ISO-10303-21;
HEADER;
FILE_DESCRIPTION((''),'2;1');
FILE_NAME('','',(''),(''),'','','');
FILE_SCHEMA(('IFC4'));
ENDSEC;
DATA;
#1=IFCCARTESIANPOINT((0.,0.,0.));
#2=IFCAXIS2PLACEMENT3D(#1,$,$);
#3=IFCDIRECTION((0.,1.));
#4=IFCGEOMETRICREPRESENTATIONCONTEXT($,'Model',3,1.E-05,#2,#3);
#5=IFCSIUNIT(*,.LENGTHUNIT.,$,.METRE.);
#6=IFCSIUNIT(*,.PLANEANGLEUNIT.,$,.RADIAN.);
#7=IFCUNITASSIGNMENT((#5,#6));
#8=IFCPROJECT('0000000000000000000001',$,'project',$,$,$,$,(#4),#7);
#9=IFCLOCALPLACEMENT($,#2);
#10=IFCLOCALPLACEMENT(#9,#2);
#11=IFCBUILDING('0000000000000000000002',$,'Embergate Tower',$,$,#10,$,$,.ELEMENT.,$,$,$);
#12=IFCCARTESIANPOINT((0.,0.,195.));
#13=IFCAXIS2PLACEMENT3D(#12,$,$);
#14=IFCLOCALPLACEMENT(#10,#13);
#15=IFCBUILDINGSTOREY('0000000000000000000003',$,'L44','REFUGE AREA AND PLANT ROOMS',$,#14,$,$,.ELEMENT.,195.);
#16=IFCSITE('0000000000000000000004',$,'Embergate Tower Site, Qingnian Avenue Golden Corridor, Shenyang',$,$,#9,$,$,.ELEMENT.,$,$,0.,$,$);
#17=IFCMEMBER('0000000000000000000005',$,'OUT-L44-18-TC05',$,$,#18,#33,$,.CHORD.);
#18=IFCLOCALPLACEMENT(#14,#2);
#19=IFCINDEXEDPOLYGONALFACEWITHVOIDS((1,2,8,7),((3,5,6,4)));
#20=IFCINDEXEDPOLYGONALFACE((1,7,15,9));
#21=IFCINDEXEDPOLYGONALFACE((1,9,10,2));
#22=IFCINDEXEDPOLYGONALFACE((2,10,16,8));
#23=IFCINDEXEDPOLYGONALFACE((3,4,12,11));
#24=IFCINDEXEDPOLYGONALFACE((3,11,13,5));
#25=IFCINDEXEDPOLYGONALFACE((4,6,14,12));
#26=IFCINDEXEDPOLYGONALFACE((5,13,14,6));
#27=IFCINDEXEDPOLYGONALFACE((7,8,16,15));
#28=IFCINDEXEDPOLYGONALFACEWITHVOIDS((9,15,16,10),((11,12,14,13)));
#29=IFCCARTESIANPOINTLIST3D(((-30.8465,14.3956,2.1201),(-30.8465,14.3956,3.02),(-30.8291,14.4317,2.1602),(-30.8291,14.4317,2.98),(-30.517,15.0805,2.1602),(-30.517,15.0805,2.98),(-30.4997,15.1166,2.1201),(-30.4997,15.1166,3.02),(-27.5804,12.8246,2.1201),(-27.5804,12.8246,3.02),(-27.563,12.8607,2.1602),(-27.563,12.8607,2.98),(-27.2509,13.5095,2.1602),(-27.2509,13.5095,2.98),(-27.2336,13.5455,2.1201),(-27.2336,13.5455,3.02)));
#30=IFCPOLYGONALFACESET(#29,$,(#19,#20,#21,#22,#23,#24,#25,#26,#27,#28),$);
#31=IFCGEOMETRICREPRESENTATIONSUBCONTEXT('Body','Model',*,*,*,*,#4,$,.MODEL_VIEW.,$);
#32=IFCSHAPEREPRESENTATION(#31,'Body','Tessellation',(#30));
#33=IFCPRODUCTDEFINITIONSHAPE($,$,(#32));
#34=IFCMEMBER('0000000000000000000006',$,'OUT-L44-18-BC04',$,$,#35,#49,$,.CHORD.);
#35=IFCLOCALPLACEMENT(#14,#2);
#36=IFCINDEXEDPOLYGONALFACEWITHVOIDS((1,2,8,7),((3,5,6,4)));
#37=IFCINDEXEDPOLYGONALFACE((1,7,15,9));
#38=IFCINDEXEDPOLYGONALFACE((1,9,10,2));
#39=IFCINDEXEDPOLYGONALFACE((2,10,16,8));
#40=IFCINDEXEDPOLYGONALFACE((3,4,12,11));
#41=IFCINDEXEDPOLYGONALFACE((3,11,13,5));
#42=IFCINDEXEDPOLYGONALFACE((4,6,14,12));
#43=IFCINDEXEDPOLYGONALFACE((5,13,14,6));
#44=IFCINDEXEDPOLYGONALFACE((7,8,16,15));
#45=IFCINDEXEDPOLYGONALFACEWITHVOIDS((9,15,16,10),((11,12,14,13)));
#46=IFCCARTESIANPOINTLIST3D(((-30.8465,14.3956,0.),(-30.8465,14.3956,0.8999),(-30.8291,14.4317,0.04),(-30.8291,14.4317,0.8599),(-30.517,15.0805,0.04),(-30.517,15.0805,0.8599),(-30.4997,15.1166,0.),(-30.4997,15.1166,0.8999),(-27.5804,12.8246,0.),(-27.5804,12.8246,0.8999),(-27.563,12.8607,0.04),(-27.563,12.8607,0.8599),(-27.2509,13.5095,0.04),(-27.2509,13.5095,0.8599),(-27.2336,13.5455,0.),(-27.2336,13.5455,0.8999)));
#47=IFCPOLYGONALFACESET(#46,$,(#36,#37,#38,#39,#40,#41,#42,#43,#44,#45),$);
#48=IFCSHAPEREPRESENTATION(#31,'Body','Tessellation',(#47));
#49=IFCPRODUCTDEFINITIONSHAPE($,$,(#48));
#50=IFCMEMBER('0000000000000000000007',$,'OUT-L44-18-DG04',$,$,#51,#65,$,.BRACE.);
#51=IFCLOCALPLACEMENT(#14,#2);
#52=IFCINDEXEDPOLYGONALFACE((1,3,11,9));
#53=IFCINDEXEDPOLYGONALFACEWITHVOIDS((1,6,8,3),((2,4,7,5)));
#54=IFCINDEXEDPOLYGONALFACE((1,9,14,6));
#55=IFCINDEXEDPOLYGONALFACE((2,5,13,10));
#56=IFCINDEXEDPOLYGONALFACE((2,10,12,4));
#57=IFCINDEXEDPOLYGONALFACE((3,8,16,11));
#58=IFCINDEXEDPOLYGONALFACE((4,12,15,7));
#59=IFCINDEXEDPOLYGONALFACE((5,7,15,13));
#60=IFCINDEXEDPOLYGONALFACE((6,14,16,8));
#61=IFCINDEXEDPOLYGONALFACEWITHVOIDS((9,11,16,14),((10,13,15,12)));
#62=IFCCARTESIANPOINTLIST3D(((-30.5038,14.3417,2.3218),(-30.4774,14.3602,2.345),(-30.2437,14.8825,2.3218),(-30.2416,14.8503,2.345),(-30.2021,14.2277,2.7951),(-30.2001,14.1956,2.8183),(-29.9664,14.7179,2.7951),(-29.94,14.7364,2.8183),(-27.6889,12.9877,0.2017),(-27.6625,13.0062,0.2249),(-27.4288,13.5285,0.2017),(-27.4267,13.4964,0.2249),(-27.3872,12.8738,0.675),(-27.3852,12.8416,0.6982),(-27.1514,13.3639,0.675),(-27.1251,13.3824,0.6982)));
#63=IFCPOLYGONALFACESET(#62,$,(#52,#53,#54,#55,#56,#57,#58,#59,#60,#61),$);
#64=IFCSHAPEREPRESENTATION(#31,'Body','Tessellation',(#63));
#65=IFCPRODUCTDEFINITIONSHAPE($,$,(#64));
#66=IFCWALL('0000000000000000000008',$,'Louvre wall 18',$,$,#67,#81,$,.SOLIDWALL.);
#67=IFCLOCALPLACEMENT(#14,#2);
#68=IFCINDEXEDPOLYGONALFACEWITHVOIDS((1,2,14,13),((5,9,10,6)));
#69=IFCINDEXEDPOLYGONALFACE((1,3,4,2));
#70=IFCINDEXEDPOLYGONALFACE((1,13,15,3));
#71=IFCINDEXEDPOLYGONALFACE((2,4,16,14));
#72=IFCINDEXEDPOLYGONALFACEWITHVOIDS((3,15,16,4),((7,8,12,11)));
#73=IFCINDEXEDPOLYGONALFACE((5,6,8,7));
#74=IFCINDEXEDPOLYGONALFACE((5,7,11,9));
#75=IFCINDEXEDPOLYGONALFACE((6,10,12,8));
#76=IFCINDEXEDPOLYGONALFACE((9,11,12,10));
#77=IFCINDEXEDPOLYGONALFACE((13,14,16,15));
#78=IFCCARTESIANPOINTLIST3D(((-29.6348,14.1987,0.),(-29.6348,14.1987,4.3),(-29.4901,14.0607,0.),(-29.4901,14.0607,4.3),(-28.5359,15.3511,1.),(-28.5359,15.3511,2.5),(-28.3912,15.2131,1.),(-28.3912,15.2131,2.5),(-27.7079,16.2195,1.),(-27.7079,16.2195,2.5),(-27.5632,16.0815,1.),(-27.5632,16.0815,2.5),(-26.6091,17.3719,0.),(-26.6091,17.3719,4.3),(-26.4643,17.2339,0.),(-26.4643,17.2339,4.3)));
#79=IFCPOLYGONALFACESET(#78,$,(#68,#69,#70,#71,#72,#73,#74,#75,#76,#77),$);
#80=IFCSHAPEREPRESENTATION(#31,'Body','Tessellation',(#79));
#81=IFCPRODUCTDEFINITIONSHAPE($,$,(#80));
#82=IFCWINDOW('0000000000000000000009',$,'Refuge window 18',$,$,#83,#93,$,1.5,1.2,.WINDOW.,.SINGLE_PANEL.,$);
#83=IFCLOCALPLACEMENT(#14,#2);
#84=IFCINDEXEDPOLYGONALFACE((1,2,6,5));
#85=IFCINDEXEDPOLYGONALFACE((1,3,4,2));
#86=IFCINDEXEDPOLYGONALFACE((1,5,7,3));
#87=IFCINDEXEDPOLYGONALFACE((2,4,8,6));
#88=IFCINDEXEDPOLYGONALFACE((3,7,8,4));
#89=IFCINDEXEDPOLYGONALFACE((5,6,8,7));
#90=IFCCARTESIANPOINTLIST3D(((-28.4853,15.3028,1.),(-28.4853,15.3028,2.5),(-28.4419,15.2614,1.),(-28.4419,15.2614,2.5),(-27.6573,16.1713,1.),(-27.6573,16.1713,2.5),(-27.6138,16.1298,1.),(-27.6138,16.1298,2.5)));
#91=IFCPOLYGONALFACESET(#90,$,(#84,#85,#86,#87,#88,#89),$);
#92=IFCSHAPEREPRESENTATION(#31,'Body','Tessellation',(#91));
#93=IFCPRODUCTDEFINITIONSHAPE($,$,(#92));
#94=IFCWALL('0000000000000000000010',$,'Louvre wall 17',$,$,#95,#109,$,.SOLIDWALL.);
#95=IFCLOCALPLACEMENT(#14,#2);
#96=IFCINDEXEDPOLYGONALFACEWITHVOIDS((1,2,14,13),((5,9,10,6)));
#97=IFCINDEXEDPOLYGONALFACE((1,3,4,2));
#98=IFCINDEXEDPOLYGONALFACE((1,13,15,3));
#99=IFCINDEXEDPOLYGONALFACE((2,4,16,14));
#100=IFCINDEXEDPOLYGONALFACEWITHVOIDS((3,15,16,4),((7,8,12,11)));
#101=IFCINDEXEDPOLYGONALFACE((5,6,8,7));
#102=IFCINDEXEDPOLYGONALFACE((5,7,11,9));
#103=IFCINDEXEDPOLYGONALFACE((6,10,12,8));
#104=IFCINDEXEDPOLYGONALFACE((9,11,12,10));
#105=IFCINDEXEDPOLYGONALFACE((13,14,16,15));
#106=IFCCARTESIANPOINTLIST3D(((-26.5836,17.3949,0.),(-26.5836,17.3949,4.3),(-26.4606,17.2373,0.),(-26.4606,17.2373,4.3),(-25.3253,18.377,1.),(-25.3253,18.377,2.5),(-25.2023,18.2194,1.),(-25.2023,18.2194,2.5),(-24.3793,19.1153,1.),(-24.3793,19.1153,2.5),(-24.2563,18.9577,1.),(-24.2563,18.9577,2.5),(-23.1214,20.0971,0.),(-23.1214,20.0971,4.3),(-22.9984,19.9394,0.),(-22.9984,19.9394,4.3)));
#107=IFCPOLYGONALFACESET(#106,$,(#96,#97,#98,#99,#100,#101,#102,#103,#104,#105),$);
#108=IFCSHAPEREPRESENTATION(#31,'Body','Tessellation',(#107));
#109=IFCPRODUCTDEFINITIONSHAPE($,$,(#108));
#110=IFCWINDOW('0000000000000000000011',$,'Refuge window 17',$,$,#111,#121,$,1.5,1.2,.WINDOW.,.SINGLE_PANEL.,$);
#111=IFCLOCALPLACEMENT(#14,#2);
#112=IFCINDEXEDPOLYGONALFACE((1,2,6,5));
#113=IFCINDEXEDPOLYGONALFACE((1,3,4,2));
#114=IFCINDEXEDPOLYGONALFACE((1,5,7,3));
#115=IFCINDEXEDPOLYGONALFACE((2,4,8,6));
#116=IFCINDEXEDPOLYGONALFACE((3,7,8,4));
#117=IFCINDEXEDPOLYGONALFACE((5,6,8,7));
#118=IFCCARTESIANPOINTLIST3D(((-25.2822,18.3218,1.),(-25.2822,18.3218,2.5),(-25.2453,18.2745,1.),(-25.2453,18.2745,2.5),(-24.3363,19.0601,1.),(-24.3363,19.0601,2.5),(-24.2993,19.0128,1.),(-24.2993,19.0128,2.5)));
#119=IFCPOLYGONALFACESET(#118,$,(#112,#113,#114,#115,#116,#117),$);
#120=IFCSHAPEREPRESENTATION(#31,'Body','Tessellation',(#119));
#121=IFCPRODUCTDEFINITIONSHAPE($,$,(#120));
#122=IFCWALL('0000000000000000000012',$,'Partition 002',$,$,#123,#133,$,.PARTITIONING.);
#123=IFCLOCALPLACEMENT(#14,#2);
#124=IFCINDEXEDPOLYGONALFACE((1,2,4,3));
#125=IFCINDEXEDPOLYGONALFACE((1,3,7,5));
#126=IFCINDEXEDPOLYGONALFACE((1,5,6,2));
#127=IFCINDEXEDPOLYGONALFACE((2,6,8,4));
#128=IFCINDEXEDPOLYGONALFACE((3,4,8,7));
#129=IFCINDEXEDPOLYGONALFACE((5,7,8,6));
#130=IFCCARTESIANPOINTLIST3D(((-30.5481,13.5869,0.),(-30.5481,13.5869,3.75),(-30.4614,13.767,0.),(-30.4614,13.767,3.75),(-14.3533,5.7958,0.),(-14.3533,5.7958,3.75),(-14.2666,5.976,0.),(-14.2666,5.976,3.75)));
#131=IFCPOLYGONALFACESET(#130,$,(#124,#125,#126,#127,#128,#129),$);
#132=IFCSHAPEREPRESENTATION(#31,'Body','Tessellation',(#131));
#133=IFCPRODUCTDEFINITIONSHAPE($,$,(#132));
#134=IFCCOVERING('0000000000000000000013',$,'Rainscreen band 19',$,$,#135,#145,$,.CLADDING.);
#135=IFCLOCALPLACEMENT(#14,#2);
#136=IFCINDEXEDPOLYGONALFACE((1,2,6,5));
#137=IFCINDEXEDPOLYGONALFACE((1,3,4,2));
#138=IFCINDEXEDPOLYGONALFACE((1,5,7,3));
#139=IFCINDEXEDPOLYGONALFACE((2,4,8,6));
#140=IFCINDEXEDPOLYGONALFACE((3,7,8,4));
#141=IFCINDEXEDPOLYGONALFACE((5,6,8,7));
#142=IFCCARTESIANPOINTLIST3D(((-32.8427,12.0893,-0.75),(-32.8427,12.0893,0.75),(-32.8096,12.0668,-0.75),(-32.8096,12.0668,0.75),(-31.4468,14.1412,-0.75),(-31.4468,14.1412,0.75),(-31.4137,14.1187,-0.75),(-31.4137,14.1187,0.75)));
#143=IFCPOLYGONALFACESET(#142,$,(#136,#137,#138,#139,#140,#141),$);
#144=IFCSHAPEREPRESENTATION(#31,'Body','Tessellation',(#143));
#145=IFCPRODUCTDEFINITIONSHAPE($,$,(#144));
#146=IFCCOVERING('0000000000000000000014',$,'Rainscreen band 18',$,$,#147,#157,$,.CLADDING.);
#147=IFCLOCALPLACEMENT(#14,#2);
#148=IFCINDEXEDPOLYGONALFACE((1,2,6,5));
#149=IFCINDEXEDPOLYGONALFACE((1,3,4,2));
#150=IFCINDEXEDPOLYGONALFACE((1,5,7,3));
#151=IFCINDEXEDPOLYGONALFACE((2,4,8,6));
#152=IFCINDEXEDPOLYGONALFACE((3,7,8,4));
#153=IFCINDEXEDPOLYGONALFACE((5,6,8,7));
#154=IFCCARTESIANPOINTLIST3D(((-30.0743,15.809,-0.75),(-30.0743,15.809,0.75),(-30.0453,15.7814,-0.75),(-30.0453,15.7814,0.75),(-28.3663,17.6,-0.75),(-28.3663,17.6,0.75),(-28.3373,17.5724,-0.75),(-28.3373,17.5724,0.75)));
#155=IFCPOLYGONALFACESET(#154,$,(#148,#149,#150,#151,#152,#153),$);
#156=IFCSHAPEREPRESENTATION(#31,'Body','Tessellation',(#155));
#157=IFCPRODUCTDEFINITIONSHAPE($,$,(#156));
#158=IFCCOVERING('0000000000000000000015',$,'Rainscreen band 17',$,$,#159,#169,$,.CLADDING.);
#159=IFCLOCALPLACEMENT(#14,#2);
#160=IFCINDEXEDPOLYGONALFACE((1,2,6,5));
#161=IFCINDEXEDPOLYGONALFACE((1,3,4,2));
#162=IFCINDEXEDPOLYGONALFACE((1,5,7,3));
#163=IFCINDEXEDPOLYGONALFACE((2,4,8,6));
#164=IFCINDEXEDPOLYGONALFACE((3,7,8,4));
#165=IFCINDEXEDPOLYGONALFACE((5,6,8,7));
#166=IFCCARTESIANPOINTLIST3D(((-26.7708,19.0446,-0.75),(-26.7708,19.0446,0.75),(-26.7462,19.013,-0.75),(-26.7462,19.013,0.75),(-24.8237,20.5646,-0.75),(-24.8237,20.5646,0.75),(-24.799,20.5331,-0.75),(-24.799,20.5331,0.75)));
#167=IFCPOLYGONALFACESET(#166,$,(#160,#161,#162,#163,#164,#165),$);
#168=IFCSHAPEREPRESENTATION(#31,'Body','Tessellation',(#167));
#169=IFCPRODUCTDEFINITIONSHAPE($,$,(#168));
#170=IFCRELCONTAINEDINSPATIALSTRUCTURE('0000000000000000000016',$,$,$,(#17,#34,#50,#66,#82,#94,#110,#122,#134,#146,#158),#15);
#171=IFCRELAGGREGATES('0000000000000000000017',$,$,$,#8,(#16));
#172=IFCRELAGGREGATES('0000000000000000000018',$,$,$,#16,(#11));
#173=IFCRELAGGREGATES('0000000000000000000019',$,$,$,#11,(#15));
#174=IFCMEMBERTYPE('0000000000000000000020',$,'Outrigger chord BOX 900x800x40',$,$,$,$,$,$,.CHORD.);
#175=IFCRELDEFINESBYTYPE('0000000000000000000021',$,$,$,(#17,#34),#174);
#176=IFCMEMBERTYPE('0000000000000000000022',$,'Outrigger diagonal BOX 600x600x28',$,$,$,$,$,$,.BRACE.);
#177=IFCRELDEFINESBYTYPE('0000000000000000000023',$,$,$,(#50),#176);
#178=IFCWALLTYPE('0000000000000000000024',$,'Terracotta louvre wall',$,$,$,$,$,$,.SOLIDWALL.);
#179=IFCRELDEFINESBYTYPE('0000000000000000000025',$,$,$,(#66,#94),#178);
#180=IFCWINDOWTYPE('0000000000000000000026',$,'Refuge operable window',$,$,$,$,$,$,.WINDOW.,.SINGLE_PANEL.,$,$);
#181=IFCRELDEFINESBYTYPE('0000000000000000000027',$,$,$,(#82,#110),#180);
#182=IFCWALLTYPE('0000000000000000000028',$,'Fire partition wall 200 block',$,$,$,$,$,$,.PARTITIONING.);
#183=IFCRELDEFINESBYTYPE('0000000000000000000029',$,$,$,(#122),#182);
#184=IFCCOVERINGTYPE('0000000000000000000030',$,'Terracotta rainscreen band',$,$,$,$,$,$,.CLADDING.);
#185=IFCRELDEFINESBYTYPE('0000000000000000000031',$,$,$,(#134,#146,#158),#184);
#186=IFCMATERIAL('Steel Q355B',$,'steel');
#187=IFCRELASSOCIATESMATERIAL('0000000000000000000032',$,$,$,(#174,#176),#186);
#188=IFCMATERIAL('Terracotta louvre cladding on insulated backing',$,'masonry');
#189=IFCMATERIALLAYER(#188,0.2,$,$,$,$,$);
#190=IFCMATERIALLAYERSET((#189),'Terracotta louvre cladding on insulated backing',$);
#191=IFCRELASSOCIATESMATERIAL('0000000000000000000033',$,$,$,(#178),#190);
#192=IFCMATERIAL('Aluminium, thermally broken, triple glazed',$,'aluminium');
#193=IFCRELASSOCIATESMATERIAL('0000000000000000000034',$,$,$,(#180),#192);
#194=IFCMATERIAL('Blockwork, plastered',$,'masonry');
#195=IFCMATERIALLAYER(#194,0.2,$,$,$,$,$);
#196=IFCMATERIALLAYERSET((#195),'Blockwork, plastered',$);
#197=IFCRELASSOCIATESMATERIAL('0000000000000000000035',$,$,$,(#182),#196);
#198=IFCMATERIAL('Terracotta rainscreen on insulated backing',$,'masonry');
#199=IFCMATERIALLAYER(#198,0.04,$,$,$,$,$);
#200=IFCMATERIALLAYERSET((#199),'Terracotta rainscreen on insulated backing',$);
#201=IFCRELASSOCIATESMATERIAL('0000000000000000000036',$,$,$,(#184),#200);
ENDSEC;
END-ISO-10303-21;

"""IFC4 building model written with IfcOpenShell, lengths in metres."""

from ifc_helpers import new_model, si_unit, direction, frame, frame_2d, origin, origin_2d, place, context, subcontext, project, spatial, rectangle, hollow_rectangle, extrude, source, transform, mapped, material, layer, layer_set, material_profile, profile_set, type_object, element, fill, save


model = new_model("IFC4")

# Units and contexts
model_context = context("Model", 3, precision=1e-05, world=origin(), true_north=direction((0.0, 1.0)))
body_context = subcontext(model_context, "Body", "Model", "MODEL_VIEW")
ifc_project = project(units=[si_unit("LENGTHUNIT", "METRE"), si_unit("PLANEANGLEUNIT", "RADIAN")], contexts=[model_context])

# Site, building, storey
site_placement = place(None, origin())
site = spatial("IfcSite", under=ifc_project, at=site_placement, Name="Embergate Tower Site, Qingnian Avenue Golden Corridor, Shenyang", CompositionType="ELEMENT", RefElevation=0.0)
building_placement = place(site_placement, origin())
building = spatial("IfcBuilding", under=site, at=building_placement, Name="Embergate Tower", CompositionType="ELEMENT")
storey_placement = place(building_placement, frame((0.0, 0.0, 195.0)))
storey = spatial("IfcBuildingStorey", under=building, at=storey_placement, Name="L44", Description="REFUGE AREA AND PLANT ROOMS", CompositionType="ELEMENT", Elevation=195.0)

# Shared definitions
ifc_material_1 = material(Name="Steel Q355B", Category="steel")

# Members
ifc_material_profile_1 = material_profile(ifc_material_1, hollow_rectangle(XDim=0.8, YDim=0.8999, WallThickness=0.04, at=origin_2d()), Name="BOX 900x800x40")
ifc_profile_set_1 = profile_set([ifc_material_profile_1], Name="Steel Q355 grade B")
member_type_1 = type_object("IfcMemberType", Name="Outrigger chord BOX 900x800x40", PredefinedType="CHORD", material=ifc_profile_set_1)
shared_shape_1 = source(origin(), body_context, "Body", "SweptSolid", [
    extrude(hollow_rectangle(XDim=0.8, YDim=0.8999, WallThickness=0.04, at=origin_2d()), origin(), (0.0, 0.0, 1.0), 3.6243),
])
for number, where, z_axis, x_axis, name in (
    (1, (-27.407, 13.1851, 2.5701), (-0.901166, 0.433473, 0.0), (-0.433473, -0.901166, 0.0), "OUT-L44-18-TC05"),
    (2, (-27.407, 13.1851, 0.45), (-0.901166, 0.433473, 0.0), (-0.433473, -0.901166, 0.0), "OUT-L44-18-BC04"),
):
    element("IfcMember", number, at=place(storey_placement, frame(where, z_axis=z_axis, x_axis=x_axis)), inside=storey, type_object=member_type_1, Name=name, PredefinedType="CHORD", context=body_context, shape_type="MappedRepresentation", body=[
        mapped(shared_shape_1, transform((0.0, 0.0, 0.0))),
    ])
ifc_material_profile_2 = material_profile(ifc_material_1, hollow_rectangle(XDim=0.6001, YDim=0.6001, WallThickness=0.0281, at=origin_2d()), Name="BOX 600x600x28")
ifc_profile_set_2 = profile_set([ifc_material_profile_2], Name="Steel Q355 grade B")
member_type_2 = type_object("IfcMemberType", Name="Outrigger diagonal BOX 600x600x28", PredefinedType="BRACE", material=ifc_profile_set_2)
shared_shape_2 = source(origin(), body_context, "Body", "SweptSolid", [
    extrude(hollow_rectangle(XDim=0.6001, YDim=0.6001, WallThickness=0.0281, at=origin_2d()), origin(), (0.0, 0.0, 1.0), 3.7751),
])
member_1_placement = place(storey_placement, frame((-27.407, 13.1851, 0.45), z_axis=(-0.745641, 0.358658, 0.561591), x_axis=(-0.433468, -0.901169, 0.0)))
element("IfcMember", 3, at=member_1_placement, inside=storey, type_object=member_type_2, Name="OUT-L44-18-DG04", PredefinedType="BRACE", context=body_context, shape_type="MappedRepresentation", body=[
    mapped(shared_shape_2, transform((0.0, 0.0, 0.0))),
])

# Walls, openings, windows
ifc_material_2 = material(Name="Terracotta louvre cladding on insulated backing", Category="masonry")
ifc_layer_1 = layer(ifc_material_2, 0.2)
ifc_layer_set_1 = layer_set([ifc_layer_1], Name="Terracotta louvre cladding on insulated backing")
wall_type_1 = type_object("IfcWallType", Name="Terracotta louvre wall", PredefinedType="SOLIDWALL", material=ifc_layer_set_1)
shared_shape_3 = source(origin(), body_context, "Body", "SweptSolid", [
    extrude(rectangle(XDim=4.3845, YDim=0.2, at=frame_2d((2.1924, 0.0))), origin(), (0.0, 0.0, 1.0), 4.3),
])
wall_1_placement = place(storey_placement, frame((-29.5625, 14.1296, 0.0), z_axis=(0.0, 0.0, 1.0), x_axis=(0.69009, 0.723723, 0.0)))
wall_1 = element("IfcWall", 4, at=wall_1_placement, inside=storey, type_object=wall_type_1, Name="Louvre wall 18", PredefinedType="SOLIDWALL", context=body_context, shape_type="MappedRepresentation", body=[
    mapped(shared_shape_3, transform((0.0, 0.0, 0.0))),
])
shared_shape_4 = source(origin(), body_context, "Body", "SweptSolid", [
    extrude(rectangle(XDim=1.2, YDim=1.5, at=frame_2d((0.6001, 0.75))), frame((0.0, 0.1099, 0.0), z_axis=(0.0, -1.0, 0.0), x_axis=(1.0, 0.0, 0.0)), (0.0, 0.0, 1.0), 0.22),
])
opening_1_placement = place(wall_1_placement, frame((1.5923, 0.0, 1.0)))
opening_1 = element("IfcOpeningElement", 5, at=opening_1_placement, cuts=wall_1, PredefinedType="OPENING", context=body_context, shape_type="MappedRepresentation", body=[
    mapped(shared_shape_4, transform((0.0, 0.0, 0.0))),
])
ifc_material_3 = material(Name="Aluminium, thermally broken, triple glazed", Category="aluminium")
window_type = type_object("IfcWindowType", Name="Refuge operable window", PartitioningType="SINGLE_PANEL", PredefinedType="WINDOW", material=ifc_material_3)
shared_shape_5 = source(origin(), body_context, "Body", "SweptSolid", [
    extrude(rectangle(XDim=1.2, YDim=1.5, at=frame_2d((0.6001, 0.75))), frame((0.0, 0.03, 0.0), z_axis=(0.0, -1.0, 0.0), x_axis=(1.0, 0.0, 0.0)), (0.0, 0.0, 1.0), 0.0601),
])
window_1_placement = place(opening_1_placement, origin())
window_1 = element("IfcWindow", 6, at=window_1_placement, inside=storey, type_object=window_type, Name="Refuge window 18", OverallHeight=1.5, OverallWidth=1.2, PartitioningType="SINGLE_PANEL", PredefinedType="WINDOW", context=body_context, shape_type="MappedRepresentation", body=[
    mapped(shared_shape_5, transform((0.0, 0.0, 0.0))),
])
fill(opening_1, window_1)
shared_shape_6 = source(origin(), body_context, "Body", "SweptSolid", [
    extrude(rectangle(XDim=4.3918, YDim=0.2, at=frame_2d((2.1958, 0.0))), origin(), (0.0, 0.0, 1.0), 4.3),
])
wall_2_placement = place(storey_placement, frame((-26.522, 17.3162, 0.0), z_axis=(0.0, 0.0, 1.0), x_axis=(0.788318, 0.615267, 0.0)))
wall_2 = element("IfcWall", 7, at=wall_2_placement, inside=storey, type_object=wall_type_1, Name="Louvre wall 17", PredefinedType="SOLIDWALL", context=body_context, shape_type="MappedRepresentation", body=[
    mapped(shared_shape_6, transform((0.0, 0.0, 0.0))),
])
opening_2_placement = place(wall_2_placement, frame((1.5959, 0.0, 1.0)))
opening_2 = element("IfcOpeningElement", 8, at=opening_2_placement, cuts=wall_2, PredefinedType="OPENING", context=body_context, shape_type="MappedRepresentation", body=[
    mapped(shared_shape_4, transform((0.0, 0.0, 0.0))),
])
window_2_placement = place(opening_2_placement, origin())
window_2 = element("IfcWindow", 9, at=window_2_placement, inside=storey, type_object=window_type, Name="Refuge window 17", OverallHeight=1.5, OverallWidth=1.2, PartitioningType="SINGLE_PANEL", PredefinedType="WINDOW", context=body_context, shape_type="MappedRepresentation", body=[
    mapped(shared_shape_5, transform((0.0, 0.0, 0.0))),
])
fill(opening_2, window_2)

# Wall
ifc_material_4 = material(Name="Blockwork, plastered", Category="masonry")
ifc_layer_2 = layer(ifc_material_4, 0.2)
ifc_layer_set_2 = layer_set([ifc_layer_2], Name="Blockwork, plastered")
wall_type_2 = type_object("IfcWallType", Name="Fire partition wall 200 block", PredefinedType="PARTITIONING", material=ifc_layer_set_2)
shared_shape_7 = source(origin(), body_context, "Body", "SweptSolid", [
    extrude(rectangle(XDim=17.9714, YDim=0.2, at=frame_2d((8.9858, 0.0))), origin(), (0.0, 0.0, 1.0), 3.75),
])
wall_3_placement = place(storey_placement, frame((-30.5049, 13.677, 0.0), z_axis=(0.0, 0.0, 1.0), x_axis=(0.901143, -0.433522, 0.0)))
element("IfcWall", 10, at=wall_3_placement, inside=storey, type_object=wall_type_2, Name="Partition 002", PredefinedType="PARTITIONING", context=body_context, shape_type="MappedRepresentation", body=[
    mapped(shared_shape_7, transform((0.0, 0.0, 0.0))),
])

# Coverings
ifc_material_5 = material(Name="Terracotta rainscreen on insulated backing", Category="masonry")
ifc_layer_3 = layer(ifc_material_5, 0.04)
ifc_layer_set_3 = layer_set([ifc_layer_3], Name="Terracotta rainscreen on insulated backing")
covering_type = type_object("IfcCoveringType", Name="Terracotta rainscreen band", PredefinedType="CLADDING", material=ifc_layer_set_3)
shared_shape_8 = source(origin(), body_context, "Body", "SweptSolid", [
    extrude(rectangle(XDim=2.4817, YDim=0.04, at=origin_2d()), origin(), (0.0, 0.0, 1.0), 1.5),
])
covering_1_placement = place(storey_placement, frame((-32.1282, 13.104, -0.75), z_axis=(0.0, 0.0, 1.0), x_axis=(-0.562486, -0.826807, 0.0)))
element("IfcCovering", 11, at=covering_1_placement, inside=storey, type_object=covering_type, Name="Rainscreen band 19", PredefinedType="CLADDING", context=body_context, shape_type="MappedRepresentation", body=[
    mapped(shared_shape_8, transform((0.0, 0.0, 0.0))),
])
shared_shape_9 = source(origin(), body_context, "Body", "SweptSolid", [
    extrude(rectangle(XDim=2.4749, YDim=0.04, at=origin_2d()), origin(), (0.0, 0.0, 1.0), 1.5),
])
covering_2_placement = place(storey_placement, frame((-29.2058, 16.6907, -0.75), z_axis=(0.0, 0.0, 1.0), x_axis=(-0.690139, -0.723677, 0.0)))
element("IfcCovering", 12, at=covering_2_placement, inside=storey, type_object=covering_type, Name="Rainscreen band 18", PredefinedType="CLADDING", context=body_context, shape_type="MappedRepresentation", body=[
    mapped(shared_shape_9, transform((0.0, 0.0, 0.0))),
])
shared_shape_10 = source(origin(), body_context, "Body", "SweptSolid", [
    extrude(rectangle(XDim=2.4702, YDim=0.04, at=origin_2d()), origin(), (0.0, 0.0, 1.0), 1.5),
])
covering_3_placement = place(storey_placement, frame((-25.7849, 19.7888, -0.75), z_axis=(0.0, 0.0, 1.0), x_axis=(-0.78824, -0.615368, 0.0)))
element("IfcCovering", 13, at=covering_3_placement, inside=storey, type_object=covering_type, Name="Rainscreen band 17", PredefinedType="CLADDING", context=body_context, shape_type="MappedRepresentation", body=[
    mapped(shared_shape_10, transform((0.0, 0.0, 0.0))),
])

save(model, "model.ifc")
